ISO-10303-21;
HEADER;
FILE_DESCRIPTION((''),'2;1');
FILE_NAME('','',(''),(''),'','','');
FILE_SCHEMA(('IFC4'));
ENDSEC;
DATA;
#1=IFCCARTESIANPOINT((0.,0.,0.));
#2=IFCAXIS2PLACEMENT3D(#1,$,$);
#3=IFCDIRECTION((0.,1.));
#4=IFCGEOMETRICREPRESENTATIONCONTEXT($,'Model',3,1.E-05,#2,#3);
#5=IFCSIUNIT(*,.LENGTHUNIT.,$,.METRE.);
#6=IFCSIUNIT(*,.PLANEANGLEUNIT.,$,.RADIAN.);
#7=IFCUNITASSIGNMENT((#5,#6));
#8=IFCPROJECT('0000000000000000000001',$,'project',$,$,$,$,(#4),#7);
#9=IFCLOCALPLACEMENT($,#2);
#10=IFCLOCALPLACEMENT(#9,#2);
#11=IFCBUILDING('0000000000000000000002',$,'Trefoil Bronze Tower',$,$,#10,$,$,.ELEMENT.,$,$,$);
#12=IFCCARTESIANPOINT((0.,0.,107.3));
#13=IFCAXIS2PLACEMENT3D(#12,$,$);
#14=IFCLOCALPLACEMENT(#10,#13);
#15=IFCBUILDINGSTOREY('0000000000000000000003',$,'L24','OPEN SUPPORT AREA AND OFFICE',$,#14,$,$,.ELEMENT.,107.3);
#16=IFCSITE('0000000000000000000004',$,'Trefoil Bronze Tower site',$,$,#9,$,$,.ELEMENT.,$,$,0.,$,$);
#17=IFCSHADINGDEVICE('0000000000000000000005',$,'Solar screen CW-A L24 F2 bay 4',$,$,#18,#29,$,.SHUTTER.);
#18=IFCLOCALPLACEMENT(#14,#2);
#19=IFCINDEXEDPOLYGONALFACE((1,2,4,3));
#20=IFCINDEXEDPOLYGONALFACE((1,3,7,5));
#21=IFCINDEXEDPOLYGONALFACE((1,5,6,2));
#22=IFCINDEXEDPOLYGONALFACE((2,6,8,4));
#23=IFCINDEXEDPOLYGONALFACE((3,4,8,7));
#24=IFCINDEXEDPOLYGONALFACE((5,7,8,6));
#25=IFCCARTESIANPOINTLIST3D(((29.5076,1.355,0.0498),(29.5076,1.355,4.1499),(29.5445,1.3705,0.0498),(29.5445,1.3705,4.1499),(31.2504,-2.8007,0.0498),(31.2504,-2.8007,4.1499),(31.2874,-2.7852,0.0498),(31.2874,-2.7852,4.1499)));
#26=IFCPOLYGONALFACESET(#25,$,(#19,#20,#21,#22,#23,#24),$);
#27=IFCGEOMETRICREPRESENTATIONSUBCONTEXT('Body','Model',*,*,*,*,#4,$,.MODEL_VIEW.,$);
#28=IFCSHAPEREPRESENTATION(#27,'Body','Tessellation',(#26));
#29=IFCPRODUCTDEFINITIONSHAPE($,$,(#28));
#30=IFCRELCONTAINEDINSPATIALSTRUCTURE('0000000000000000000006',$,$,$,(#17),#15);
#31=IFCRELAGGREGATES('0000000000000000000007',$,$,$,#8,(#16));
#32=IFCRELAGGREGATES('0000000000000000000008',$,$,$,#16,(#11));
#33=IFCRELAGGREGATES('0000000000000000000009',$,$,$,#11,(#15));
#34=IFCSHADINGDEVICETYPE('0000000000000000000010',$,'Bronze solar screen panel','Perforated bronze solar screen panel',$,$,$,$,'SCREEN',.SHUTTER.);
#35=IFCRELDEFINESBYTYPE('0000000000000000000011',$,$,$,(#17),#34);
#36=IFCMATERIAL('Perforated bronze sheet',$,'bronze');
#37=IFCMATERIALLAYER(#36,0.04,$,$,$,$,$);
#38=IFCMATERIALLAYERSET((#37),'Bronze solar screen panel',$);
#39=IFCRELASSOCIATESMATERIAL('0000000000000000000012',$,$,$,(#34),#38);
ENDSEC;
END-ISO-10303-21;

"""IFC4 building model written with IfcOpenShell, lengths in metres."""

from ifc_helpers import new_model, si_unit, direction, frame, origin, origin_2d, place, context, subcontext, project, spatial, rectangle, extrude, material, layer, layer_set, type_object, element, save


model = new_model("IFC4")

# Units and contexts
model_context = context("Model", 3, precision=1e-05, world=origin(), true_north=direction((0.0, 1.0)))
body_context = subcontext(model_context, "Body", "Model", "MODEL_VIEW")
ifc_project = project(units=[si_unit("LENGTHUNIT", "METRE"), si_unit("PLANEANGLEUNIT", "RADIAN")], contexts=[model_context])

# Site, building, storey
site_placement = place(None, origin())
site = spatial("IfcSite", under=ifc_project, at=site_placement, Name="Trefoil Bronze Tower site", CompositionType="ELEMENT", RefElevation=0.0)
building_placement = place(site_placement, origin())
building = spatial("IfcBuilding", under=site, at=building_placement, Name="Trefoil Bronze Tower", CompositionType="ELEMENT")
storey_placement = place(building_placement, frame((0.0, 0.0, 107.3)))
storey = spatial("IfcBuildingStorey", under=building, at=storey_placement, Name="L24", Description="OPEN SUPPORT AREA AND OFFICE", CompositionType="ELEMENT", Elevation=107.3)

# Shading device
ifc_material_1 = material(Name="Perforated bronze sheet", Category="bronze")
ifc_layer_1 = layer(ifc_material_1, 0.04)
ifc_layer_set_1 = layer_set([ifc_layer_1], Name="Bronze solar screen panel")
shading_device_type = type_object("IfcShadingDeviceType", Name="Bronze solar screen panel", Description="Perforated bronze solar screen panel", ElementType="SCREEN", PredefinedType="SHUTTER", material=ifc_layer_set_1)
shading_device_1_placement = place(storey_placement, frame((30.3975, -0.7151, 0.0498), z_axis=(0.0, 0.0, 1.0), x_axis=(-0.386759, 0.922181, 0.0)))
element("IfcShadingDevice", 1, at=shading_device_1_placement, inside=storey, type_object=shading_device_type, Name="Solar screen CW-A L24 F2 bay 4", PredefinedType="SHUTTER", context=body_context, shape_type="SweptSolid", body=[
    extrude(rectangle(XDim=4.5063, YDim=0.04, at=origin_2d()), origin(), (0.0, 0.0, 1.0), 4.1001),
])

save(model, "model.ifc")
